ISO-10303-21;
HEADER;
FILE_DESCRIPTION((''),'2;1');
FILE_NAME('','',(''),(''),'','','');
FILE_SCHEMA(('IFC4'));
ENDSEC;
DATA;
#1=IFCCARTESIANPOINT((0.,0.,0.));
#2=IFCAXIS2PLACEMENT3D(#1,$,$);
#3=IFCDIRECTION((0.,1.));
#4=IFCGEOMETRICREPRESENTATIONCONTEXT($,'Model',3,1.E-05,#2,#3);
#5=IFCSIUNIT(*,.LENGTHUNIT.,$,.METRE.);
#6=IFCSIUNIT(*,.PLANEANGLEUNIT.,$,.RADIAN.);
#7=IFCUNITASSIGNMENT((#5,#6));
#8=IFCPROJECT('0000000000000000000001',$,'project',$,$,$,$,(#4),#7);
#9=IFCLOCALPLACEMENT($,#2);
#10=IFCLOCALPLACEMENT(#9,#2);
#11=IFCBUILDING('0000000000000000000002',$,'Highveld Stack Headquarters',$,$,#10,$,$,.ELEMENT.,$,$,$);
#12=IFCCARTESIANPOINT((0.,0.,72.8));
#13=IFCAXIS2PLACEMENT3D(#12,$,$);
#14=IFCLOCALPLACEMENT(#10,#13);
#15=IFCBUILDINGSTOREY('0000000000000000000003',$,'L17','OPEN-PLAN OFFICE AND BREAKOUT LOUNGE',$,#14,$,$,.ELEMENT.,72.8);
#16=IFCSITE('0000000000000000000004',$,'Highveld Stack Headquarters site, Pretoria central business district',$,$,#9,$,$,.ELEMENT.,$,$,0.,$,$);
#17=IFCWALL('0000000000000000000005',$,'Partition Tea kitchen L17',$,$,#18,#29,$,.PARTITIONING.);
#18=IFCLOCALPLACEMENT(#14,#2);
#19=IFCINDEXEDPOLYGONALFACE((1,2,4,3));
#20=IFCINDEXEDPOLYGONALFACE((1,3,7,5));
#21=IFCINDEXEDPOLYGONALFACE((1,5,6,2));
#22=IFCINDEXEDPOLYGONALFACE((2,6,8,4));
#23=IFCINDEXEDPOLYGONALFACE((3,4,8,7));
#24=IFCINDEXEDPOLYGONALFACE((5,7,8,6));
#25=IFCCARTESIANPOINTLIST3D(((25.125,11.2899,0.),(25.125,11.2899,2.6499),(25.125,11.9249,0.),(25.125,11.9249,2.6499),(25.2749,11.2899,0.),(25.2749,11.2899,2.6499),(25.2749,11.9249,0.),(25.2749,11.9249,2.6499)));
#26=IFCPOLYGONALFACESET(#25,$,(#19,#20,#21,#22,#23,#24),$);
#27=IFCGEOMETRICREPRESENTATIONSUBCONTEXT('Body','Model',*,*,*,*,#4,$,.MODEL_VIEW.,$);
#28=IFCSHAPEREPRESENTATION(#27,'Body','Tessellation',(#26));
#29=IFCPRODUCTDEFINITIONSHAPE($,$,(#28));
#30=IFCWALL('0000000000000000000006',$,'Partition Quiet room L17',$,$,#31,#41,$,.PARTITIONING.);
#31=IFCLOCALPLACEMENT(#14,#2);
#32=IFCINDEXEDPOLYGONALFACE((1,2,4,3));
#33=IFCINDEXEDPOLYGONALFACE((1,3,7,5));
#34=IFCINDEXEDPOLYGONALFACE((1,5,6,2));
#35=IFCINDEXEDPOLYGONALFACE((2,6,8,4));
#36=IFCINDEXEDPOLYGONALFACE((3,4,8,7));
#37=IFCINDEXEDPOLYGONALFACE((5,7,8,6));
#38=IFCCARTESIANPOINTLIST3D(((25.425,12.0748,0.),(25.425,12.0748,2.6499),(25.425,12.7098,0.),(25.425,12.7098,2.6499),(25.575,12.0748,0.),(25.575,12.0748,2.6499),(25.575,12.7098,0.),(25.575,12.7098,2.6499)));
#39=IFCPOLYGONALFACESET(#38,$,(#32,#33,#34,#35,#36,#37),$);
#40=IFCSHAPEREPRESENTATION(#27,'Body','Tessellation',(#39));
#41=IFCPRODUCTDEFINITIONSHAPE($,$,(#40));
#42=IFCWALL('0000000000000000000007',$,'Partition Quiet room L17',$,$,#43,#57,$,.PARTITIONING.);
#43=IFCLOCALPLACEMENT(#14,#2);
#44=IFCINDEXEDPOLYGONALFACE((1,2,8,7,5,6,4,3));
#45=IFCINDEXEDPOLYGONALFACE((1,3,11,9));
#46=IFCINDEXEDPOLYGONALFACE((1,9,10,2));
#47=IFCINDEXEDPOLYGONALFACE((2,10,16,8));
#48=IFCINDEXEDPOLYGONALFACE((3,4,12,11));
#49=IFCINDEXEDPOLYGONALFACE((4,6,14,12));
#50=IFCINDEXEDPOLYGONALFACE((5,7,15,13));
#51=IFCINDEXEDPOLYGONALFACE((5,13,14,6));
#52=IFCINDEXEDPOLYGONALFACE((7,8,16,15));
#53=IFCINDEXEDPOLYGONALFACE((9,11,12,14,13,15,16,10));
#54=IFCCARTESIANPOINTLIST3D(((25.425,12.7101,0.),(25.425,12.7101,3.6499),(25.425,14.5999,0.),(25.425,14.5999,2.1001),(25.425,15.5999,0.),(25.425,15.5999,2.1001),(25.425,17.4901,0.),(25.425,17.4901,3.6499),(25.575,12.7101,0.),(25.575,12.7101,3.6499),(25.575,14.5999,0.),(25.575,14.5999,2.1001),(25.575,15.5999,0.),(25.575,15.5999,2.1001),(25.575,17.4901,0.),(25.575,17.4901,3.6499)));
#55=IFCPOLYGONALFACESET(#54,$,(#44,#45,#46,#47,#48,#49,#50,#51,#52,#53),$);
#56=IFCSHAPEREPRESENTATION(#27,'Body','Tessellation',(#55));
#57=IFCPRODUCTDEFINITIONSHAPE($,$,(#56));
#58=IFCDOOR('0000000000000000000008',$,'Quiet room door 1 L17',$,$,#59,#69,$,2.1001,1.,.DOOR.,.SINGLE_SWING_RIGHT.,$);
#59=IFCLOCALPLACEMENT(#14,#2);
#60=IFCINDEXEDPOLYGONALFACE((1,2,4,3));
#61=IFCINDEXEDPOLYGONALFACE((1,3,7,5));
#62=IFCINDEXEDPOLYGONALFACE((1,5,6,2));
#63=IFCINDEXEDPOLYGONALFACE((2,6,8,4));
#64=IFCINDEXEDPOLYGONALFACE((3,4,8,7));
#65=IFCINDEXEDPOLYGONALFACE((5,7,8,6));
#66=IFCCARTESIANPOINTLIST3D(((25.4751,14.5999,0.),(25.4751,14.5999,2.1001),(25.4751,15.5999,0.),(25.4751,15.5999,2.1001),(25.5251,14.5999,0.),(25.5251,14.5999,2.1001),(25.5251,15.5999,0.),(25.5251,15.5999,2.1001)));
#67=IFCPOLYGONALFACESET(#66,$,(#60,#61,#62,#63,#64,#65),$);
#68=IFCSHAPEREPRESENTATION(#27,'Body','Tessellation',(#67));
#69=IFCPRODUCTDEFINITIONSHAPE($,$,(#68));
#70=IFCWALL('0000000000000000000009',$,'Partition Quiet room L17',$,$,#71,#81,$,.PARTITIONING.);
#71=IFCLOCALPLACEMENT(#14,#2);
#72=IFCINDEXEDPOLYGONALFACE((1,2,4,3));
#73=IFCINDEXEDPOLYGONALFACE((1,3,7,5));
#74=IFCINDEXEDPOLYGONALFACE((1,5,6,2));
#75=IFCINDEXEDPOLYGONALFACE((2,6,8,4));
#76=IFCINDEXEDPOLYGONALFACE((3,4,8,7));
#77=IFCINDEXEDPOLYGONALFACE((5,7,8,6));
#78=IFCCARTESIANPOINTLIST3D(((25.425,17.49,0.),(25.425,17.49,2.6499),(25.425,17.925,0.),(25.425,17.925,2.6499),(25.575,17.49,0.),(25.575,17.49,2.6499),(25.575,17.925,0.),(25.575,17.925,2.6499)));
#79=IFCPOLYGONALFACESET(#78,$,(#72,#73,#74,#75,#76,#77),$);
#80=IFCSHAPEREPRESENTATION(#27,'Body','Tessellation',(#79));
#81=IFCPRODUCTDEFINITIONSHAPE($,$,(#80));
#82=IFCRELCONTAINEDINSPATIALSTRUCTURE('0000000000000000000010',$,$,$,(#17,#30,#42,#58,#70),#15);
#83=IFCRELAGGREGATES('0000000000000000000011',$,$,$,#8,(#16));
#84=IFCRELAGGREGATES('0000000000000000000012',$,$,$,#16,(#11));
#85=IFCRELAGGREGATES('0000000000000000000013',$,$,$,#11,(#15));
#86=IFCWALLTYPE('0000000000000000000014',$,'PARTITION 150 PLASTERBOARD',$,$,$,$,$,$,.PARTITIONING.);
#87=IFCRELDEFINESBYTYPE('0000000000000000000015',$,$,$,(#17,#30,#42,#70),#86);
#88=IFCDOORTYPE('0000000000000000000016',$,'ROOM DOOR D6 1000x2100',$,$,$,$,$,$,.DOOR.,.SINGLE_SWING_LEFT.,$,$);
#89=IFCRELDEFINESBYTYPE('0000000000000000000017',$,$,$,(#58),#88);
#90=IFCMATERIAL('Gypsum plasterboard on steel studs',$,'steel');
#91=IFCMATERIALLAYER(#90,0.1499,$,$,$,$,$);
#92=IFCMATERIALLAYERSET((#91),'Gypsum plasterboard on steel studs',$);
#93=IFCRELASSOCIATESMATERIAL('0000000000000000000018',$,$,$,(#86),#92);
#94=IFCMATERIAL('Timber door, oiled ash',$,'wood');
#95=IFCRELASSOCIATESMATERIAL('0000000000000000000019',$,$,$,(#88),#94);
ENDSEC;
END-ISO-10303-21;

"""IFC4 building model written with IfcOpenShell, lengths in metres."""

from ifc_helpers import new_model, si_unit, direction, frame, frame_2d, origin, place, context, subcontext, project, spatial, rectangle, extrude, material, layer, layer_set, type_object, element, fill, save


model = new_model("IFC4")

# Units and contexts
model_context = context("Model", 3, precision=1e-05, world=origin(), true_north=direction((0.0, 1.0)))
body_context = subcontext(model_context, "Body", "Model", "MODEL_VIEW")
ifc_project = project(units=[si_unit("LENGTHUNIT", "METRE"), si_unit("PLANEANGLEUNIT", "RADIAN")], contexts=[model_context])

# Site, building, storey
site_placement = place(None, origin())
site = spatial("IfcSite", under=ifc_project, at=site_placement, Name="Highveld Stack Headquarters site, Pretoria central business district", CompositionType="ELEMENT", RefElevation=0.0)
building_placement = place(site_placement, origin())
building = spatial("IfcBuilding", under=site, at=building_placement, Name="Highveld Stack Headquarters", CompositionType="ELEMENT")
storey_placement = place(building_placement, frame((0.0, 0.0, 72.8)))
storey = spatial("IfcBuildingStorey", under=building, at=storey_placement, Name="L17", Description="OPEN-PLAN OFFICE AND BREAKOUT LOUNGE", CompositionType="ELEMENT", Elevation=72.8)

# Shared definitions
ifc_material_1 = material(Name="Gypsum plasterboard on steel studs", Category="steel")
ifc_layer_1 = layer(ifc_material_1, 0.1499)
ifc_layer_set_1 = layer_set([ifc_layer_1], Name="Gypsum plasterboard on steel studs")
wall_type = type_object("IfcWallType", Name="PARTITION 150 PLASTERBOARD", PredefinedType="PARTITIONING", material=ifc_layer_set_1)

# Shared definitions
ifc_material_2 = material(Name="Timber door, oiled ash", Category="wood")
door_type = type_object("IfcDoorType", Name="ROOM DOOR D6 1000x2100", OperationType="SINGLE_SWING_LEFT", PredefinedType="DOOR", material=ifc_material_2)

# Walls
for number, where, z_axis, x_axis, name in (
    (1, (25.2, 11.29, 0.0), (0.0, 0.0, 1.0), (0.0, 1.0, 0.0), "Partition Tea kitchen L17"),
    (2, (25.5, 12.075, 0.0), (0.0, 0.0, 1.0), (0.0, 1.0, 0.0), "Partition Quiet room L17"),
):
    element("IfcWall", number, at=place(storey_placement, frame(where, z_axis=z_axis, x_axis=x_axis)), inside=storey, type_object=wall_type, Name=name, PredefinedType="PARTITIONING", context=body_context, shape_type="SweptSolid", body=[
        extrude(rectangle(XDim=0.635, YDim=0.1499, at=frame_2d((0.3174, 0.0))), origin(), (0.0, 0.0, 1.0), 2.6499),
    ])

# Wall, opening, door
wall_1_placement = place(storey_placement, frame((25.5, 12.71, 0.0), z_axis=(0.0, 0.0, 1.0), x_axis=(0.0, 1.0, 0.0)))
wall_1 = element("IfcWall", 3, at=wall_1_placement, inside=storey, type_object=wall_type, Name="Partition Quiet room L17", PredefinedType="PARTITIONING", context=body_context, shape_type="SweptSolid", body=[
    extrude(rectangle(XDim=4.78, YDim=0.1499, at=frame_2d((2.3901, 0.0))), origin(), (0.0, 0.0, 1.0), 3.6499),
])
opening_1_placement = place(wall_1_placement, frame((1.8899, 0.0, 0.0)))
opening_1 = element("IfcOpeningElement", 4, at=opening_1_placement, cuts=wall_1, PredefinedType="OPENING", context=body_context, shape_type="SweptSolid", body=[
    extrude(rectangle(XDim=1.0, YDim=2.1001, at=frame_2d((0.5, 1.05))), frame((0.0, 0.085, 0.0), z_axis=(0.0, -1.0, 0.0), x_axis=(1.0, 0.0, 0.0)), (0.0, 0.0, 1.0), 0.1699),
])
door_1_placement = place(opening_1_placement, origin())
door_1 = element("IfcDoor", 5, at=door_1_placement, inside=storey, type_object=door_type, Name="Quiet room door 1 L17", OperationType="SINGLE_SWING_RIGHT", OverallHeight=2.1001, OverallWidth=1.0, PredefinedType="DOOR", context=body_context, shape_type="SweptSolid", body=[
    extrude(rectangle(XDim=1.0, YDim=2.1001, at=frame_2d((0.5, 1.05))), frame((0.0, 0.0249, 0.0), z_axis=(0.0, -1.0, 0.0), x_axis=(1.0, 0.0, 0.0)), (0.0, 0.0, 1.0), 0.05),
])
fill(opening_1, door_1)

# Wall
wall_2_placement = place(storey_placement, frame((25.5, 17.49, 0.0), z_axis=(0.0, 0.0, 1.0), x_axis=(0.0, 1.0, 0.0)))
element("IfcWall", 6, at=wall_2_placement, inside=storey, type_object=wall_type, Name="Partition Quiet room L17", PredefinedType="PARTITIONING", context=body_context, shape_type="SweptSolid", body=[
    extrude(rectangle(XDim=0.4351, YDim=0.1499, at=frame_2d((0.2175, 0.0))), origin(), (0.0, 0.0, 1.0), 2.6499),
])

save(model, "model.ifc")
